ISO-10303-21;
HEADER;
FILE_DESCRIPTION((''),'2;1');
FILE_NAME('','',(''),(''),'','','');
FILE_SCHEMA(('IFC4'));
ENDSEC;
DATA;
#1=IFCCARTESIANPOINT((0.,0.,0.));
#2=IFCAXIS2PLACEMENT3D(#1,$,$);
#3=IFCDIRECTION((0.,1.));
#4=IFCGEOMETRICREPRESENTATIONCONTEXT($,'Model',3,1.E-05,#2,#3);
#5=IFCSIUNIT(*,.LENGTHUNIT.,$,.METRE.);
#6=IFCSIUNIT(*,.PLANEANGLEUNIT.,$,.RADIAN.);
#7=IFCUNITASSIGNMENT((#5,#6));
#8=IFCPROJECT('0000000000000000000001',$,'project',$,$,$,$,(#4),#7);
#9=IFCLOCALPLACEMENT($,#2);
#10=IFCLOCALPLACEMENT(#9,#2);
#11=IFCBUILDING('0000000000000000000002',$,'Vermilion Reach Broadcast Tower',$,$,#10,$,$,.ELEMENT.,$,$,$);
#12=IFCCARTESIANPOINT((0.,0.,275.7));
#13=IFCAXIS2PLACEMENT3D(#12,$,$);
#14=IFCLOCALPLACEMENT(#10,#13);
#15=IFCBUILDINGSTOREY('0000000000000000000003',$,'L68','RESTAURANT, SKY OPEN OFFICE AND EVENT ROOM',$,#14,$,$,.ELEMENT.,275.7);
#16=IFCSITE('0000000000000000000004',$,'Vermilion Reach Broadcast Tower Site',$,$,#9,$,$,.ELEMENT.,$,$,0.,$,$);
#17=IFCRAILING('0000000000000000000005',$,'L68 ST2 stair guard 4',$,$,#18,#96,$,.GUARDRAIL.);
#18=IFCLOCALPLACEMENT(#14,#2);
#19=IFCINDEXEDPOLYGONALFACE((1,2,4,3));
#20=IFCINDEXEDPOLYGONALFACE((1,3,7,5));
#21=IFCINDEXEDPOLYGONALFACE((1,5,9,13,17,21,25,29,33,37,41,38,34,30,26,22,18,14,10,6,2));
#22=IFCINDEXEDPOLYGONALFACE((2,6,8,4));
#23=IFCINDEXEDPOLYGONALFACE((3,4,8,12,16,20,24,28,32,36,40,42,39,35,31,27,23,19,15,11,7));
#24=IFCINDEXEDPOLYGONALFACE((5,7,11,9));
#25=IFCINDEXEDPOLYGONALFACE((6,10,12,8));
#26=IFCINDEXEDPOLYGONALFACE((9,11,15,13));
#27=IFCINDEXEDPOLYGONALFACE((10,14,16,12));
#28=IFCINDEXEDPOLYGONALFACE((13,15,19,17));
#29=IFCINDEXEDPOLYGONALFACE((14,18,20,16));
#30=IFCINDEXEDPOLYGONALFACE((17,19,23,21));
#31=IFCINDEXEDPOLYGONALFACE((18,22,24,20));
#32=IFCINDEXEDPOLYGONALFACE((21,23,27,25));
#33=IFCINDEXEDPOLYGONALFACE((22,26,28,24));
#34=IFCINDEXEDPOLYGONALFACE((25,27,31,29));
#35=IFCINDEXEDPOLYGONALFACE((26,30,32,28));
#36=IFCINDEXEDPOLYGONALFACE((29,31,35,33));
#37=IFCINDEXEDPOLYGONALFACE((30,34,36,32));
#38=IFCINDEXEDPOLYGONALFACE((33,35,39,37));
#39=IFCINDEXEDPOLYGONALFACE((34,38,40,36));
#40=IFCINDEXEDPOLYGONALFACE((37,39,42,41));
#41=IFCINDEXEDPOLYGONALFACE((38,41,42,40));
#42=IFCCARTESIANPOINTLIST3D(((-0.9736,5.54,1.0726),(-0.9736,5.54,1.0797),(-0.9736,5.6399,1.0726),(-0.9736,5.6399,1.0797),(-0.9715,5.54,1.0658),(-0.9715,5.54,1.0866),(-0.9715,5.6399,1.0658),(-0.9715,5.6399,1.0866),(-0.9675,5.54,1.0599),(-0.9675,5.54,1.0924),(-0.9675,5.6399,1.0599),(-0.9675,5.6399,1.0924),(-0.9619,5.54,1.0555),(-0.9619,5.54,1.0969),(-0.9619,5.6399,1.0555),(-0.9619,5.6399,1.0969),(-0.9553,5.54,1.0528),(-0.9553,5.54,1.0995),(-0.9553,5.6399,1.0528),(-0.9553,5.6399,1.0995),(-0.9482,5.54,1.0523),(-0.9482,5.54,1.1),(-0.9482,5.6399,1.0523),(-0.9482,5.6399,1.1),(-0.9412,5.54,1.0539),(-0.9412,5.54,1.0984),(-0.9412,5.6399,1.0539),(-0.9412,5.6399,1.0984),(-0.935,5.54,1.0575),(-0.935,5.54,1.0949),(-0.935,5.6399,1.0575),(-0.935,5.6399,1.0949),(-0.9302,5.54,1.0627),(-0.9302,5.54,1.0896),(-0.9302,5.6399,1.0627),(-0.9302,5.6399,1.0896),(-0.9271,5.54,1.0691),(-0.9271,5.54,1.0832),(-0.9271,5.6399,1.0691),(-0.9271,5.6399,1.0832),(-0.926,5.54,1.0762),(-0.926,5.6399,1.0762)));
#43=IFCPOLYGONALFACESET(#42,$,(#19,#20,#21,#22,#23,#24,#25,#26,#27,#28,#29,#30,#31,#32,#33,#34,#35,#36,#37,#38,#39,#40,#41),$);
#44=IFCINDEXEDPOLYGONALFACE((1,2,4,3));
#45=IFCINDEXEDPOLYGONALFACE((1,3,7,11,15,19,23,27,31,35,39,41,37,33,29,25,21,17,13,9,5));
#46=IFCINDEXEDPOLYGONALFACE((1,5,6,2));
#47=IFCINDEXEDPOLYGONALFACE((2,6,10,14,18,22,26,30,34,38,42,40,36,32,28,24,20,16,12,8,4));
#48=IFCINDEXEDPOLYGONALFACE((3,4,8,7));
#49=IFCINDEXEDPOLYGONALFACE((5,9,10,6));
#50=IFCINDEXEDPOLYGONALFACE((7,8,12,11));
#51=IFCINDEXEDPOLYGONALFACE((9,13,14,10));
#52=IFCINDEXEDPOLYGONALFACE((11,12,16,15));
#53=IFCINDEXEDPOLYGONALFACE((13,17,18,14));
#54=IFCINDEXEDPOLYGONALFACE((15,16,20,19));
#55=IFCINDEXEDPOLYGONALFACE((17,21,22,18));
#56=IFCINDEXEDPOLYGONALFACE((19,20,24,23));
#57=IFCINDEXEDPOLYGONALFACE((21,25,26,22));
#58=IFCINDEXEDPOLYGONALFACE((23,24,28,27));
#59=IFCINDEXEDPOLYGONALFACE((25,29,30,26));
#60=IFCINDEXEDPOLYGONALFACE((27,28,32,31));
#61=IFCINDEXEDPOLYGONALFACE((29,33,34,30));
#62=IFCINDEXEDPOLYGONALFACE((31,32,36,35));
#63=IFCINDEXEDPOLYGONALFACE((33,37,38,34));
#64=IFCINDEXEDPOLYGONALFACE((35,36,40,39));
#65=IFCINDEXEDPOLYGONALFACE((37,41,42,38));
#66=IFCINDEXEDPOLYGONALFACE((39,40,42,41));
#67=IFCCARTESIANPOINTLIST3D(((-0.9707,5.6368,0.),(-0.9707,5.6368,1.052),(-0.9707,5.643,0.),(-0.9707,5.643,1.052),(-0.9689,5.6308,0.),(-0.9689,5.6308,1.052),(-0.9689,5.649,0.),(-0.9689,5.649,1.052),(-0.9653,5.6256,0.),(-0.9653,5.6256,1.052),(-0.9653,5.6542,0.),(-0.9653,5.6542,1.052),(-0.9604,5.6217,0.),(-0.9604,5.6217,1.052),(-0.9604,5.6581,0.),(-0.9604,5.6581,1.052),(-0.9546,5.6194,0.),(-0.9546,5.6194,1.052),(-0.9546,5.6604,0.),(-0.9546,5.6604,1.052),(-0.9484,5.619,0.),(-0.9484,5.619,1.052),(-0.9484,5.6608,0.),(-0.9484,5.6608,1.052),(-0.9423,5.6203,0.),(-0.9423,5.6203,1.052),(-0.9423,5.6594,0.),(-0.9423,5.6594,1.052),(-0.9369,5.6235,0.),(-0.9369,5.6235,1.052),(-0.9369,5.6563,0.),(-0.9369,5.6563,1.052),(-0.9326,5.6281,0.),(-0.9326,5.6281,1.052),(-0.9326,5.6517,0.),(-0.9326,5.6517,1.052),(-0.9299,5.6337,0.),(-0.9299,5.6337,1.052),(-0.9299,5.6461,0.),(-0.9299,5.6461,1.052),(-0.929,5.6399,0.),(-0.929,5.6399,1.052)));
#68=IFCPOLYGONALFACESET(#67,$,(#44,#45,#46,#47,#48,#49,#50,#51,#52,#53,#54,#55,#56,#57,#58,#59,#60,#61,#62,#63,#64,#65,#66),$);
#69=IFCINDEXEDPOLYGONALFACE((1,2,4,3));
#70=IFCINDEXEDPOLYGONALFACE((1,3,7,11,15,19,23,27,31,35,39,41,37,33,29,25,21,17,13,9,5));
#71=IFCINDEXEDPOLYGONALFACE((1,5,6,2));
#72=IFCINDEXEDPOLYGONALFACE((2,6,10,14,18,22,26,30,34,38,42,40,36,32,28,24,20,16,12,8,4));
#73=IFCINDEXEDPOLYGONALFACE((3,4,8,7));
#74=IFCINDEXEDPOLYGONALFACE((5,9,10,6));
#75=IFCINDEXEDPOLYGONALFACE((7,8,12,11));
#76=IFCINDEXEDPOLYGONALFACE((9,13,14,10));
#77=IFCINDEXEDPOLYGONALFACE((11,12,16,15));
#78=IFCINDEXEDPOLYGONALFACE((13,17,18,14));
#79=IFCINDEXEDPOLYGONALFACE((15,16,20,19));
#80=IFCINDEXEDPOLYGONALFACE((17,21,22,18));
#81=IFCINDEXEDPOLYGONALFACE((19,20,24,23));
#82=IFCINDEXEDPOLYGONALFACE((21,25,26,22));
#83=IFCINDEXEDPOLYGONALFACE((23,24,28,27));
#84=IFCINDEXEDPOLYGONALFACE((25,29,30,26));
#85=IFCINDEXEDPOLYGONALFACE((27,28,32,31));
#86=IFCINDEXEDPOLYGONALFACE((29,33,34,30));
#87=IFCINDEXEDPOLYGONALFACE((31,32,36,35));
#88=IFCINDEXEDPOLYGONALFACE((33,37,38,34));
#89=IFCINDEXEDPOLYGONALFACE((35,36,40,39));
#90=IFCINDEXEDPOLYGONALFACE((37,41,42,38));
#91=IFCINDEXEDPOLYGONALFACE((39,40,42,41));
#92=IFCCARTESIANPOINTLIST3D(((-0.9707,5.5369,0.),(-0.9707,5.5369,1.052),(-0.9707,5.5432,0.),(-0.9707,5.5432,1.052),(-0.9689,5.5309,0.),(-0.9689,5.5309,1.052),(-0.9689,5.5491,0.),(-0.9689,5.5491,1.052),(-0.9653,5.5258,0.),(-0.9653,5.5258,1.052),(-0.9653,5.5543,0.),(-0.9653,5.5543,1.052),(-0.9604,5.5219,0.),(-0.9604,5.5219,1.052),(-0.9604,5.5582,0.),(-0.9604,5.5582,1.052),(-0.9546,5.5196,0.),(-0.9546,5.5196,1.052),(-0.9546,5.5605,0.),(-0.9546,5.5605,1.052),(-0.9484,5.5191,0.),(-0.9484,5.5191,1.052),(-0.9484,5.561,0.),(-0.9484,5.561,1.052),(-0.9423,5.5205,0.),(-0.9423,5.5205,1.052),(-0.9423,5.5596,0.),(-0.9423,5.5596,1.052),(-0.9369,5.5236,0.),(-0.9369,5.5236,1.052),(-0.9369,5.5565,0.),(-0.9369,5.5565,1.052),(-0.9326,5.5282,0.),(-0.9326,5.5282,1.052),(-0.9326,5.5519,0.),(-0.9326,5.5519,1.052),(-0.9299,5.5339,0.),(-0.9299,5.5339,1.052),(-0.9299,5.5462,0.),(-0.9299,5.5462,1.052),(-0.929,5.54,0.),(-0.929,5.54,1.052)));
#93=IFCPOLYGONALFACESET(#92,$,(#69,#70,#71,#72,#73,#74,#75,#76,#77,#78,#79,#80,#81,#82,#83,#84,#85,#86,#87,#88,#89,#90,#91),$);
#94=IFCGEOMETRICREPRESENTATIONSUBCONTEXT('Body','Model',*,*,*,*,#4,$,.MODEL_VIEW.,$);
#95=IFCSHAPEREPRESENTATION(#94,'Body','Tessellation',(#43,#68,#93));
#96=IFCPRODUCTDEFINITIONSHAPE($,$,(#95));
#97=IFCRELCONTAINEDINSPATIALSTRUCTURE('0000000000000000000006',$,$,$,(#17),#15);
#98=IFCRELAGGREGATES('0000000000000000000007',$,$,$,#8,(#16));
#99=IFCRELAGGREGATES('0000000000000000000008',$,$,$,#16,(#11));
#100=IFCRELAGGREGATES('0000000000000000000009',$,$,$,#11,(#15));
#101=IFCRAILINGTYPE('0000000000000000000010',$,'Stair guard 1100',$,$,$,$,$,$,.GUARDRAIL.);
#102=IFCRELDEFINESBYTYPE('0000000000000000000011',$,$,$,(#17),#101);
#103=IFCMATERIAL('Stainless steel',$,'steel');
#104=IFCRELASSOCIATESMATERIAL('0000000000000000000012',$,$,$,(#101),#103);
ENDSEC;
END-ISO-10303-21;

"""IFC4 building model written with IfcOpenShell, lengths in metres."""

from ifc_helpers import new_model, si_unit, direction, frame, origin, origin_2d, place, context, subcontext, project, spatial, circle, extrude, material, type_object, element, save


model = new_model("IFC4")

# Units and contexts
model_context = context("Model", 3, precision=1e-05, world=origin(), true_north=direction((0.0, 1.0)))
body_context = subcontext(model_context, "Body", "Model", "MODEL_VIEW")
ifc_project = project(units=[si_unit("LENGTHUNIT", "METRE"), si_unit("PLANEANGLEUNIT", "RADIAN")], contexts=[model_context])

# Site, building, storey
site_placement = place(None, origin())
site = spatial("IfcSite", under=ifc_project, at=site_placement, Name="Vermilion Reach Broadcast Tower Site", CompositionType="ELEMENT", RefElevation=0.0)
building_placement = place(site_placement, origin())
building = spatial("IfcBuilding", under=site, at=building_placement, Name="Vermilion Reach Broadcast Tower", CompositionType="ELEMENT")
storey_placement = place(building_placement, frame((0.0, 0.0, 275.7)))
storey = spatial("IfcBuildingStorey", under=building, at=storey_placement, Name="L68", Description="RESTAURANT, SKY OPEN OFFICE AND EVENT ROOM", CompositionType="ELEMENT", Elevation=275.7)

# Railing
ifc_material_1 = material(Name="Stainless steel", Category="steel")
railing_type_1 = type_object("IfcRailingType", Name="Stair guard 1100", PredefinedType="GUARDRAIL", material=ifc_material_1)
railing_1_placement = place(storey_placement, frame((-0.95, 5.6399, 0.0)))
element("IfcRailing", 1, at=railing_1_placement, inside=storey, type_object=railing_type_1, Name="L68 ST2 stair guard 4", PredefinedType="GUARDRAIL", context=body_context, shape_type="SweptSolid", body=[
    extrude(circle(Radius=0.0239, at=origin_2d()), frame((0.0, 0.0, 1.0762), z_axis=(0.0, -1.0, 0.0), x_axis=(1.0, 0.0, 0.0)), (0.0, 0.0, 1.0), 0.0999),
    extrude(circle(Radius=0.021, at=origin_2d()), origin(), (0.0, 0.0, 1.0), 1.052),
    extrude(circle(Radius=0.021, at=origin_2d()), frame((0.0, -0.0999, 0.0)), (0.0, 0.0, 1.0), 1.052),
])

save(model, "model.ifc")
